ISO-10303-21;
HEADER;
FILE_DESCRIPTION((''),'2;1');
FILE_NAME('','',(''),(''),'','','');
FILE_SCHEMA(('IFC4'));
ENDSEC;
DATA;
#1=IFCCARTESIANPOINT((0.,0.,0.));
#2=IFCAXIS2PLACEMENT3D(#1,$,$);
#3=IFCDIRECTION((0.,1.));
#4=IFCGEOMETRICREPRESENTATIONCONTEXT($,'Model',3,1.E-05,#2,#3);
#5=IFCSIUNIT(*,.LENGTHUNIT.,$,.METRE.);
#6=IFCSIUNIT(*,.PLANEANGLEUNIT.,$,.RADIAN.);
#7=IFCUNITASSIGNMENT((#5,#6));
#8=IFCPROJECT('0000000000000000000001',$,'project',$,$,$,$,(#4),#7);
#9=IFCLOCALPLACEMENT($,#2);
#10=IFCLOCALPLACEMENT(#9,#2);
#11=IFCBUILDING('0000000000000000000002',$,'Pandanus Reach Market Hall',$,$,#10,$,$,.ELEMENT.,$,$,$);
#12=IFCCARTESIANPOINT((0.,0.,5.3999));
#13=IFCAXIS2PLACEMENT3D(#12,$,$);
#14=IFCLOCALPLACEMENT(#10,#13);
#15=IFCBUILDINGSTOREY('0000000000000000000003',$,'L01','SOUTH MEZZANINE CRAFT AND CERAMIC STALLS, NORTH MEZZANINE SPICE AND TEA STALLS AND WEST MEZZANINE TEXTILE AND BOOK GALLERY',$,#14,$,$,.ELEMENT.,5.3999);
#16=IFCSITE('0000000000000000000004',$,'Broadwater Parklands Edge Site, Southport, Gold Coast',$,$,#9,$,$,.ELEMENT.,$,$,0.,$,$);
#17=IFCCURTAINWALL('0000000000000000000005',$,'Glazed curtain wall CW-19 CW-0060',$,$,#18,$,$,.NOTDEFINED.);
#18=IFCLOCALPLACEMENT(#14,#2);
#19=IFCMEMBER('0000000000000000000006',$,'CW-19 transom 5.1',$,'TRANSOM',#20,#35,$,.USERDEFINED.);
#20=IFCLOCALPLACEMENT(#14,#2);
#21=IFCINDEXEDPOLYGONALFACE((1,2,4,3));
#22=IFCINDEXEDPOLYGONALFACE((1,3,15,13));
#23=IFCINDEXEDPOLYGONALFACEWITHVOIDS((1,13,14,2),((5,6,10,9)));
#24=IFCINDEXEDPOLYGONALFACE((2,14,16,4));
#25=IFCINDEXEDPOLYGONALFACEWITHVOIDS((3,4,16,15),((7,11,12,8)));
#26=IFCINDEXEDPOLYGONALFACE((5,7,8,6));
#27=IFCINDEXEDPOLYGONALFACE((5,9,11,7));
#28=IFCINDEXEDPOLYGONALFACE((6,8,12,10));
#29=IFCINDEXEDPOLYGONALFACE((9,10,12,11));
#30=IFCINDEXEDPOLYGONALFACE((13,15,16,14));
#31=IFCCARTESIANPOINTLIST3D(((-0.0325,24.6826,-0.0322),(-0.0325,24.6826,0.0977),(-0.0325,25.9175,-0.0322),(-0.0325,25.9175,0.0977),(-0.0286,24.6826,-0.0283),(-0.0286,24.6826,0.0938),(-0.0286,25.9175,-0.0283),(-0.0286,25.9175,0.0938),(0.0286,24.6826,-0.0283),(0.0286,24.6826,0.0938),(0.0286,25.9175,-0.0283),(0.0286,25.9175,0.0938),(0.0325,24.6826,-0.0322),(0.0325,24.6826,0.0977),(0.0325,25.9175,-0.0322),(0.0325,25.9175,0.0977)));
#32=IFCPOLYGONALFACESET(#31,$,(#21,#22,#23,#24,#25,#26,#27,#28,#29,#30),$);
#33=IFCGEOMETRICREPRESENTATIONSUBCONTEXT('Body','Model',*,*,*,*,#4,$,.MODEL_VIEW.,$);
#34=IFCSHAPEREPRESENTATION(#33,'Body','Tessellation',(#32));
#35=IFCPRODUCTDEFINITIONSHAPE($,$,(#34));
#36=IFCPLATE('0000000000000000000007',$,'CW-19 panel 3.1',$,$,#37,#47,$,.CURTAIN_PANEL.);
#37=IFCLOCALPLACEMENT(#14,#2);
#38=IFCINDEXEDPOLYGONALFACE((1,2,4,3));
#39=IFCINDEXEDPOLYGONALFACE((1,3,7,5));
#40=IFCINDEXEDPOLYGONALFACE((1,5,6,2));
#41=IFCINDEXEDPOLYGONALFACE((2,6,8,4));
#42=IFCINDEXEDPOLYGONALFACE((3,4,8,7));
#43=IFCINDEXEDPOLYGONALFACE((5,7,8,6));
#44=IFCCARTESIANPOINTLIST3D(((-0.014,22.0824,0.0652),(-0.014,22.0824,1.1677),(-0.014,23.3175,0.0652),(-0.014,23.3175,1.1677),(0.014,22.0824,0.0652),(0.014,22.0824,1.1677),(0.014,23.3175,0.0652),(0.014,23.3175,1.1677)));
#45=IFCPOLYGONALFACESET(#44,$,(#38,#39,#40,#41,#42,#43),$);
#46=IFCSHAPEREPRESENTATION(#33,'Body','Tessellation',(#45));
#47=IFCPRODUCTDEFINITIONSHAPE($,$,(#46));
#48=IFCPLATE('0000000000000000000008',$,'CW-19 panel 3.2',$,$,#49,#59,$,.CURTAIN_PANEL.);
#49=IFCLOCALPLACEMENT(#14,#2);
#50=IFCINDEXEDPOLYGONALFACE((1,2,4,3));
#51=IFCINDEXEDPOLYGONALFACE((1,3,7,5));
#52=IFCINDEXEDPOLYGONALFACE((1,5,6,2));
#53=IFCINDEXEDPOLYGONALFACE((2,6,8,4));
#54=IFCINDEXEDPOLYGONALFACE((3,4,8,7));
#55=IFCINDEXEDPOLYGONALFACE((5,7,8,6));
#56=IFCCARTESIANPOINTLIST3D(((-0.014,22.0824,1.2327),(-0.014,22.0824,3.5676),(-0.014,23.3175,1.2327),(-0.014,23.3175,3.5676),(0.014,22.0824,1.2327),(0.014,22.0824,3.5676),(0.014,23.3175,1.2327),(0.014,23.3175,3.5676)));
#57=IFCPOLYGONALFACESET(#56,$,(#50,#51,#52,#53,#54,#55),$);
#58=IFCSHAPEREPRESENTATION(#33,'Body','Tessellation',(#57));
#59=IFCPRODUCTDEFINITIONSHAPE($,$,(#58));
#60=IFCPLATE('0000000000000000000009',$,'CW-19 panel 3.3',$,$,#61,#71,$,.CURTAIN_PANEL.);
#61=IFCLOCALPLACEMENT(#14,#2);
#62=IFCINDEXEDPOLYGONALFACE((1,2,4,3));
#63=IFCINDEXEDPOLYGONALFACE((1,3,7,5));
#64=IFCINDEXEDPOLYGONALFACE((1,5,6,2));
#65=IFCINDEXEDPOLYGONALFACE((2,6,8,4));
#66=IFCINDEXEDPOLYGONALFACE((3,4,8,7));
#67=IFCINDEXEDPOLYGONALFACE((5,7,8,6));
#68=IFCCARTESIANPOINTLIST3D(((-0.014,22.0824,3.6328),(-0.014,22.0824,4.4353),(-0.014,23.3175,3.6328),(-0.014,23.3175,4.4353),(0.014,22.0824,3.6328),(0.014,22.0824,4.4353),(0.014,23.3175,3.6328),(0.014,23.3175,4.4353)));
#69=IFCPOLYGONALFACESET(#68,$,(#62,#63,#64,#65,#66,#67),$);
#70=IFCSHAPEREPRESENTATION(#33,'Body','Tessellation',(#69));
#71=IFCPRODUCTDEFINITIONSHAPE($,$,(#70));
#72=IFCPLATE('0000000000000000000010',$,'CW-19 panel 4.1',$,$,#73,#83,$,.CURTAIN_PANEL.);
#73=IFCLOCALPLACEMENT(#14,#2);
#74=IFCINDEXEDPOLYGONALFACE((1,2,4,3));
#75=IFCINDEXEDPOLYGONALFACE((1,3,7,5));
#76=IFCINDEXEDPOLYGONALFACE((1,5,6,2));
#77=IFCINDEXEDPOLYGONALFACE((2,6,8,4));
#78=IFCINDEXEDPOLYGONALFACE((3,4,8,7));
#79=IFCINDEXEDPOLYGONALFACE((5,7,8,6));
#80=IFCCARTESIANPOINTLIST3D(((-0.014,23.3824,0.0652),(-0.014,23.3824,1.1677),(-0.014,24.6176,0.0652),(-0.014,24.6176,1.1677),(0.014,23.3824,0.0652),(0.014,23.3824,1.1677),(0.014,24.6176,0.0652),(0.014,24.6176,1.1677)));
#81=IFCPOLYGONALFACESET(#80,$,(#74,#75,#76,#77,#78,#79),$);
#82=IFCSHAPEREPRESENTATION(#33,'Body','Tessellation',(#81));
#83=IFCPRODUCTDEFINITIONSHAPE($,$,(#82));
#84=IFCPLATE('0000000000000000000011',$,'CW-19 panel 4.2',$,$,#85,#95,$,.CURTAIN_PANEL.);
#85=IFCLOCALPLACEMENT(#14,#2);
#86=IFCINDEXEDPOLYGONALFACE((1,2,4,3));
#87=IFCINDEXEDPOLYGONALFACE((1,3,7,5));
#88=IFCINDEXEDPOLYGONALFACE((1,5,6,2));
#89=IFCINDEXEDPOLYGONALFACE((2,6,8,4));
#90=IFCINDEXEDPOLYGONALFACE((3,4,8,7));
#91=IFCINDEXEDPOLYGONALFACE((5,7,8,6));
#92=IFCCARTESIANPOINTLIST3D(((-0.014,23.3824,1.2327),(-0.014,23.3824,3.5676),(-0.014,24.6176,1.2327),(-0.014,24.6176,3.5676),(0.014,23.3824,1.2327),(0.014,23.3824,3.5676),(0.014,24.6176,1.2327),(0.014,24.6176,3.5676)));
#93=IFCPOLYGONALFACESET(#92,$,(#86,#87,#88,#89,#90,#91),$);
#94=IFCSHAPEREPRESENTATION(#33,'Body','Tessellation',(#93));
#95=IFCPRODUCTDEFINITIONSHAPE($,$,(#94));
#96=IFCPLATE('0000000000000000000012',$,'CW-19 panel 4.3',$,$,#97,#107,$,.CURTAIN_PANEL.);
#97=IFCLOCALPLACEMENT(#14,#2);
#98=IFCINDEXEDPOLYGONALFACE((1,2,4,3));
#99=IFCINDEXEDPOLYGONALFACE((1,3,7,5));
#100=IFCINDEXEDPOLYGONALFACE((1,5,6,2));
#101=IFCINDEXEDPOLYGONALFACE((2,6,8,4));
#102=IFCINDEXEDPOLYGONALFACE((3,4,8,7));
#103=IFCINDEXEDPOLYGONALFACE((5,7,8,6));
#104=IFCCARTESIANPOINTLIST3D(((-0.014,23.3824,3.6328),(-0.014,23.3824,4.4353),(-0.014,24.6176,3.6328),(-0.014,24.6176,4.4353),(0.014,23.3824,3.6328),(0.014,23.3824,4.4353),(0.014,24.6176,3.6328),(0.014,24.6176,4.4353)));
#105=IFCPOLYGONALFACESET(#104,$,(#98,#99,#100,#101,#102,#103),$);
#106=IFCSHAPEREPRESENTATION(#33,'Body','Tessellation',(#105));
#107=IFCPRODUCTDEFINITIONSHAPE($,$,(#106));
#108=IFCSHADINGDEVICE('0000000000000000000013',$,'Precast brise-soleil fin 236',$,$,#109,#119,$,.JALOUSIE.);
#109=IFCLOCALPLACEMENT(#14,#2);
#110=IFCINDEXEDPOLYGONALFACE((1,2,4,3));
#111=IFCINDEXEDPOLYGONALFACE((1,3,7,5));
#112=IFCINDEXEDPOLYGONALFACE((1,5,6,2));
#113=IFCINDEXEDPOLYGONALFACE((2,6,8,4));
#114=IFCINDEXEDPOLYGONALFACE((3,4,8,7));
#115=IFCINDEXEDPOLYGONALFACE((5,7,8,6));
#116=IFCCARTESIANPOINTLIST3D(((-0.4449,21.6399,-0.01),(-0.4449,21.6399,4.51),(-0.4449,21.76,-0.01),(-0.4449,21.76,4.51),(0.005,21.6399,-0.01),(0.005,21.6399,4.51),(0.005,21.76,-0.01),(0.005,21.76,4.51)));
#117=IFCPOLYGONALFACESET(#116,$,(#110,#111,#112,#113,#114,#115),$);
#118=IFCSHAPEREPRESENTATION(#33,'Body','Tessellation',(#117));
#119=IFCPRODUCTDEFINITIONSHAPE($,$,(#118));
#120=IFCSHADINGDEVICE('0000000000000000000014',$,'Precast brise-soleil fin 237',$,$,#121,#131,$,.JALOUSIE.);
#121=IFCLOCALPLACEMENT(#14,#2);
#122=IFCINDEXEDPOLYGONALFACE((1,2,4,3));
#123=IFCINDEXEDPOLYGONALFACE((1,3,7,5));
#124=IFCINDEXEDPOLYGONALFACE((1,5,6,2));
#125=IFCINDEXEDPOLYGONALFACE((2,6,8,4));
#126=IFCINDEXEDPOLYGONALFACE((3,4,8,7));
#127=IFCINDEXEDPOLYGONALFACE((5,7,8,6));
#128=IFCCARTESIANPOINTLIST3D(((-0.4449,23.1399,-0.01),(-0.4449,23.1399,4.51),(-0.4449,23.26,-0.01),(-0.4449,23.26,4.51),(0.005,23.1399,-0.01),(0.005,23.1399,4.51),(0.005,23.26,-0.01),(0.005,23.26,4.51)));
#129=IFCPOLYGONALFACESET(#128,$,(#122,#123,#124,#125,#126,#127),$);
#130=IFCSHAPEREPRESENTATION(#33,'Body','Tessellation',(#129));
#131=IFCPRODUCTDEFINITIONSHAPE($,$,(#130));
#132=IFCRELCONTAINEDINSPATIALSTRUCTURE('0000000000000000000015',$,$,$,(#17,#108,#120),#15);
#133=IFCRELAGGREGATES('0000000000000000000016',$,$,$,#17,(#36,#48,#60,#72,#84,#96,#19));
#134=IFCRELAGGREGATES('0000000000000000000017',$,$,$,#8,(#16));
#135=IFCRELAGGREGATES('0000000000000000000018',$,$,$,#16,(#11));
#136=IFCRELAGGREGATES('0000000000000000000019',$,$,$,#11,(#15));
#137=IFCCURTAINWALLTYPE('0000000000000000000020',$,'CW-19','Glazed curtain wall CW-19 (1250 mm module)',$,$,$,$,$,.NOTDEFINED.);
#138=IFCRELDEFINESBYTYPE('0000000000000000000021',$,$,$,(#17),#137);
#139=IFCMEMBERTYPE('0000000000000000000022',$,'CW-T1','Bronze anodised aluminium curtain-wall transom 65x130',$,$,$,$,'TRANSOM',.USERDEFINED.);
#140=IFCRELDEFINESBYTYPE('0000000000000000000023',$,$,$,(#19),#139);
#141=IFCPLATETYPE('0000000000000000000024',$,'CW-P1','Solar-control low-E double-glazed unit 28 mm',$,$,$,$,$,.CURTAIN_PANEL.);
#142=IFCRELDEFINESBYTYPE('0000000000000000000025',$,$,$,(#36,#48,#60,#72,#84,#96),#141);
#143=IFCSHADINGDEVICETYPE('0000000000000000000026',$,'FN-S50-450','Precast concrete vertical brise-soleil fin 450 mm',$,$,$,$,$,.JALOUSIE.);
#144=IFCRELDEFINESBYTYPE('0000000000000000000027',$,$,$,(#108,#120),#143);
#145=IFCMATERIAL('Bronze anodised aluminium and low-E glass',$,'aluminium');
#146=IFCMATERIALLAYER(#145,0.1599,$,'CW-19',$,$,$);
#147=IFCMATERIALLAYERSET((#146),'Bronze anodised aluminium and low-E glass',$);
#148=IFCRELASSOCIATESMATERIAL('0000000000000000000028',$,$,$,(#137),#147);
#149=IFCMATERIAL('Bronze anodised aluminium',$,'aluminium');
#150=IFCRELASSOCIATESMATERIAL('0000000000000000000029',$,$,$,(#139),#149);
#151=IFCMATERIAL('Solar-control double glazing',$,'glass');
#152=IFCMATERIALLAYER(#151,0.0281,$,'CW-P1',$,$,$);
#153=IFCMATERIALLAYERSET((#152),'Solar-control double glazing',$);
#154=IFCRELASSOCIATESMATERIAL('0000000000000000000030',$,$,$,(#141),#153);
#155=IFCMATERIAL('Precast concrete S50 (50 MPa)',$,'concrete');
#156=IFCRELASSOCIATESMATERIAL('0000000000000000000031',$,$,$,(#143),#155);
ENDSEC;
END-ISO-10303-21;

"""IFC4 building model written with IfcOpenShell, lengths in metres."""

from ifc_helpers import new_model, si_unit, direction, frame, origin, origin_2d, place, context, subcontext, project, spatial, rectangle, hollow_rectangle, extrude, material, layer, layer_set, material_profile, profile_set, type_object, element, aggregate, save


model = new_model("IFC4")

# Units and contexts
model_context = context("Model", 3, precision=1e-05, world=origin(), true_north=direction((0.0, 1.0)))
body_context = subcontext(model_context, "Body", "Model", "MODEL_VIEW")
ifc_project = project(units=[si_unit("LENGTHUNIT", "METRE"), si_unit("PLANEANGLEUNIT", "RADIAN")], contexts=[model_context])

# Site, building, storey
site_placement = place(None, origin())
site = spatial("IfcSite", under=ifc_project, at=site_placement, Name="Broadwater Parklands Edge Site, Southport, Gold Coast", CompositionType="ELEMENT", RefElevation=0.0)
building_placement = place(site_placement, origin())
building = spatial("IfcBuilding", under=site, at=building_placement, Name="Pandanus Reach Market Hall", CompositionType="ELEMENT")
storey_placement = place(building_placement, frame((0.0, 0.0, 5.3999)))
storey = spatial("IfcBuildingStorey", under=building, at=storey_placement, Name="L01", Description="SOUTH MEZZANINE CRAFT AND CERAMIC STALLS, NORTH MEZZANINE SPICE AND TEA STALLS AND WEST MEZZANINE TEXTILE AND BOOK GALLERY", CompositionType="ELEMENT", Elevation=5.3999)

# Curtain wall, member, plates
ifc_material_1 = material(Name="Bronze anodised aluminium and low-E glass", Category="aluminium")
ifc_layer_1 = layer(ifc_material_1, 0.1599, Name="CW-19")
ifc_layer_set_1 = layer_set([ifc_layer_1], Name="Bronze anodised aluminium and low-E glass")
curtain_wall_type = type_object("IfcCurtainWallType", Name="CW-19", Description="Glazed curtain wall CW-19 (1250 mm module)", PredefinedType="NOTDEFINED", material=ifc_layer_set_1)
curtain_wall_placement = place(storey_placement, origin())
curtain_wall = element("IfcCurtainWall", 1, at=curtain_wall_placement, inside=storey, type_object=curtain_wall_type, Name="Glazed curtain wall CW-19 CW-0060", PredefinedType="NOTDEFINED")
ifc_material_2 = material(Name="Bronze anodised aluminium", Category="aluminium")
ifc_material_profile_1 = material_profile(ifc_material_2, hollow_rectangle(XDim=0.0649, YDim=0.1299, WallThickness=0.0039, at=origin_2d()), Name="ALU65x130", Category="LoadBearing")
ifc_profile_set_1 = profile_set([ifc_material_profile_1], Name="Bronze anodised aluminium")
member_type_1 = type_object("IfcMemberType", Name="CW-T1", Description="Bronze anodised aluminium curtain-wall transom 65x130", ElementType="TRANSOM", PredefinedType="USERDEFINED", material=ifc_profile_set_1)
member_1_placement = place(storey_placement, frame((0.0, 24.6826, 0.0327), z_axis=(0.0, 1.0, 0.0), x_axis=(-1.0, 0.0, 0.0)))
member_1 = element("IfcMember", 2, at=member_1_placement, type_object=member_type_1, Name="CW-19 transom 5.1", ObjectType="TRANSOM", PredefinedType="USERDEFINED", context=body_context, shape_type="SweptSolid", body=[
    extrude(hollow_rectangle(XDim=0.0649, YDim=0.1299, WallThickness=0.0039, at=origin_2d()), origin(), (0.0, 0.0, 1.0), 1.2349),
])
ifc_material_3 = material(Name="Solar-control double glazing", Category="glass")
ifc_layer_2 = layer(ifc_material_3, 0.0281, Name="CW-P1")
ifc_layer_set_2 = layer_set([ifc_layer_2], Name="Solar-control double glazing")
plate_type = type_object("IfcPlateType", Name="CW-P1", Description="Solar-control low-E double-glazed unit 28 mm", PredefinedType="CURTAIN_PANEL", material=ifc_layer_set_2)
plate_1_placement = place(storey_placement, frame((0.0, 22.7, 0.0652), z_axis=(0.0, 0.0, 1.0), x_axis=(0.0, 1.0, 0.0)))
plate_1 = element("IfcPlate", 3, at=plate_1_placement, type_object=plate_type, Name="CW-19 panel 3.1", PredefinedType="CURTAIN_PANEL", context=body_context, shape_type="SweptSolid", body=[
    extrude(rectangle(XDim=1.2351, YDim=0.0281, at=origin_2d()), origin(), (0.0, 0.0, 1.0), 1.1025),
])
plate_2_placement = place(storey_placement, frame((0.0, 22.7, 1.2327), z_axis=(0.0, 0.0, 1.0), x_axis=(0.0, 1.0, 0.0)))
plate_2 = element("IfcPlate", 4, at=plate_2_placement, type_object=plate_type, Name="CW-19 panel 3.2", PredefinedType="CURTAIN_PANEL", context=body_context, shape_type="SweptSolid", body=[
    extrude(rectangle(XDim=1.2351, YDim=0.0281, at=origin_2d()), origin(), (0.0, 0.0, 1.0), 2.335),
])
plate_3_placement = place(storey_placement, frame((0.0, 22.7, 3.6328), z_axis=(0.0, 0.0, 1.0), x_axis=(0.0, 1.0, 0.0)))
plate_3 = element("IfcPlate", 5, at=plate_3_placement, type_object=plate_type, Name="CW-19 panel 3.3", PredefinedType="CURTAIN_PANEL", context=body_context, shape_type="SweptSolid", body=[
    extrude(rectangle(XDim=1.2351, YDim=0.0281, at=origin_2d()), origin(), (0.0, 0.0, 1.0), 0.8025),
])
plate_4_placement = place(storey_placement, frame((0.0, 24.0, 0.0652), z_axis=(0.0, 0.0, 1.0), x_axis=(0.0, 1.0, 0.0)))
plate_4 = element("IfcPlate", 6, at=plate_4_placement, type_object=plate_type, Name="CW-19 panel 4.1", PredefinedType="CURTAIN_PANEL", context=body_context, shape_type="SweptSolid", body=[
    extrude(rectangle(XDim=1.2351, YDim=0.0281, at=origin_2d()), origin(), (0.0, 0.0, 1.0), 1.1025),
])
plate_5_placement = place(storey_placement, frame((0.0, 24.0, 1.2327), z_axis=(0.0, 0.0, 1.0), x_axis=(0.0, 1.0, 0.0)))
plate_5 = element("IfcPlate", 7, at=plate_5_placement, type_object=plate_type, Name="CW-19 panel 4.2", PredefinedType="CURTAIN_PANEL", context=body_context, shape_type="SweptSolid", body=[
    extrude(rectangle(XDim=1.2351, YDim=0.0281, at=origin_2d()), origin(), (0.0, 0.0, 1.0), 2.335),
])
plate_6_placement = place(storey_placement, frame((0.0, 24.0, 3.6328), z_axis=(0.0, 0.0, 1.0), x_axis=(0.0, 1.0, 0.0)))
plate_6 = element("IfcPlate", 8, at=plate_6_placement, type_object=plate_type, Name="CW-19 panel 4.3", PredefinedType="CURTAIN_PANEL", context=body_context, shape_type="SweptSolid", body=[
    extrude(rectangle(XDim=1.2351, YDim=0.0281, at=origin_2d()), origin(), (0.0, 0.0, 1.0), 0.8025),
])
aggregate(curtain_wall, [plate_1, plate_2, plate_3, plate_4, plate_5, plate_6, member_1])

# Shading devices
ifc_material_4 = material(Name="Precast concrete S50 (50 MPa)", Category="concrete")
shading_device_type = type_object("IfcShadingDeviceType", Name="FN-S50-450", Description="Precast concrete vertical brise-soleil fin 450 mm", PredefinedType="JALOUSIE", material=ifc_material_4)
for number, where, z_axis, x_axis, name in (
    (9, (-0.22, 21.7, -0.01), (0.0, 0.0, 1.0), (-1.0, 0.0, 0.0), "Precast brise-soleil fin 236"),
    (10, (-0.22, 23.2, -0.01), (0.0, 0.0, 1.0), (-1.0, 0.0, 0.0), "Precast brise-soleil fin 237"),
):
    element("IfcShadingDevice", number, at=place(storey_placement, frame(where, z_axis=z_axis, x_axis=x_axis)), inside=storey, type_object=shading_device_type, Name=name, PredefinedType="JALOUSIE", context=body_context, shape_type="SweptSolid", body=[
        extrude(rectangle(XDim=0.45, YDim=0.1201, at=origin_2d()), origin(), (0.0, 0.0, 1.0), 4.52),
    ])

save(model, "model.ifc")
